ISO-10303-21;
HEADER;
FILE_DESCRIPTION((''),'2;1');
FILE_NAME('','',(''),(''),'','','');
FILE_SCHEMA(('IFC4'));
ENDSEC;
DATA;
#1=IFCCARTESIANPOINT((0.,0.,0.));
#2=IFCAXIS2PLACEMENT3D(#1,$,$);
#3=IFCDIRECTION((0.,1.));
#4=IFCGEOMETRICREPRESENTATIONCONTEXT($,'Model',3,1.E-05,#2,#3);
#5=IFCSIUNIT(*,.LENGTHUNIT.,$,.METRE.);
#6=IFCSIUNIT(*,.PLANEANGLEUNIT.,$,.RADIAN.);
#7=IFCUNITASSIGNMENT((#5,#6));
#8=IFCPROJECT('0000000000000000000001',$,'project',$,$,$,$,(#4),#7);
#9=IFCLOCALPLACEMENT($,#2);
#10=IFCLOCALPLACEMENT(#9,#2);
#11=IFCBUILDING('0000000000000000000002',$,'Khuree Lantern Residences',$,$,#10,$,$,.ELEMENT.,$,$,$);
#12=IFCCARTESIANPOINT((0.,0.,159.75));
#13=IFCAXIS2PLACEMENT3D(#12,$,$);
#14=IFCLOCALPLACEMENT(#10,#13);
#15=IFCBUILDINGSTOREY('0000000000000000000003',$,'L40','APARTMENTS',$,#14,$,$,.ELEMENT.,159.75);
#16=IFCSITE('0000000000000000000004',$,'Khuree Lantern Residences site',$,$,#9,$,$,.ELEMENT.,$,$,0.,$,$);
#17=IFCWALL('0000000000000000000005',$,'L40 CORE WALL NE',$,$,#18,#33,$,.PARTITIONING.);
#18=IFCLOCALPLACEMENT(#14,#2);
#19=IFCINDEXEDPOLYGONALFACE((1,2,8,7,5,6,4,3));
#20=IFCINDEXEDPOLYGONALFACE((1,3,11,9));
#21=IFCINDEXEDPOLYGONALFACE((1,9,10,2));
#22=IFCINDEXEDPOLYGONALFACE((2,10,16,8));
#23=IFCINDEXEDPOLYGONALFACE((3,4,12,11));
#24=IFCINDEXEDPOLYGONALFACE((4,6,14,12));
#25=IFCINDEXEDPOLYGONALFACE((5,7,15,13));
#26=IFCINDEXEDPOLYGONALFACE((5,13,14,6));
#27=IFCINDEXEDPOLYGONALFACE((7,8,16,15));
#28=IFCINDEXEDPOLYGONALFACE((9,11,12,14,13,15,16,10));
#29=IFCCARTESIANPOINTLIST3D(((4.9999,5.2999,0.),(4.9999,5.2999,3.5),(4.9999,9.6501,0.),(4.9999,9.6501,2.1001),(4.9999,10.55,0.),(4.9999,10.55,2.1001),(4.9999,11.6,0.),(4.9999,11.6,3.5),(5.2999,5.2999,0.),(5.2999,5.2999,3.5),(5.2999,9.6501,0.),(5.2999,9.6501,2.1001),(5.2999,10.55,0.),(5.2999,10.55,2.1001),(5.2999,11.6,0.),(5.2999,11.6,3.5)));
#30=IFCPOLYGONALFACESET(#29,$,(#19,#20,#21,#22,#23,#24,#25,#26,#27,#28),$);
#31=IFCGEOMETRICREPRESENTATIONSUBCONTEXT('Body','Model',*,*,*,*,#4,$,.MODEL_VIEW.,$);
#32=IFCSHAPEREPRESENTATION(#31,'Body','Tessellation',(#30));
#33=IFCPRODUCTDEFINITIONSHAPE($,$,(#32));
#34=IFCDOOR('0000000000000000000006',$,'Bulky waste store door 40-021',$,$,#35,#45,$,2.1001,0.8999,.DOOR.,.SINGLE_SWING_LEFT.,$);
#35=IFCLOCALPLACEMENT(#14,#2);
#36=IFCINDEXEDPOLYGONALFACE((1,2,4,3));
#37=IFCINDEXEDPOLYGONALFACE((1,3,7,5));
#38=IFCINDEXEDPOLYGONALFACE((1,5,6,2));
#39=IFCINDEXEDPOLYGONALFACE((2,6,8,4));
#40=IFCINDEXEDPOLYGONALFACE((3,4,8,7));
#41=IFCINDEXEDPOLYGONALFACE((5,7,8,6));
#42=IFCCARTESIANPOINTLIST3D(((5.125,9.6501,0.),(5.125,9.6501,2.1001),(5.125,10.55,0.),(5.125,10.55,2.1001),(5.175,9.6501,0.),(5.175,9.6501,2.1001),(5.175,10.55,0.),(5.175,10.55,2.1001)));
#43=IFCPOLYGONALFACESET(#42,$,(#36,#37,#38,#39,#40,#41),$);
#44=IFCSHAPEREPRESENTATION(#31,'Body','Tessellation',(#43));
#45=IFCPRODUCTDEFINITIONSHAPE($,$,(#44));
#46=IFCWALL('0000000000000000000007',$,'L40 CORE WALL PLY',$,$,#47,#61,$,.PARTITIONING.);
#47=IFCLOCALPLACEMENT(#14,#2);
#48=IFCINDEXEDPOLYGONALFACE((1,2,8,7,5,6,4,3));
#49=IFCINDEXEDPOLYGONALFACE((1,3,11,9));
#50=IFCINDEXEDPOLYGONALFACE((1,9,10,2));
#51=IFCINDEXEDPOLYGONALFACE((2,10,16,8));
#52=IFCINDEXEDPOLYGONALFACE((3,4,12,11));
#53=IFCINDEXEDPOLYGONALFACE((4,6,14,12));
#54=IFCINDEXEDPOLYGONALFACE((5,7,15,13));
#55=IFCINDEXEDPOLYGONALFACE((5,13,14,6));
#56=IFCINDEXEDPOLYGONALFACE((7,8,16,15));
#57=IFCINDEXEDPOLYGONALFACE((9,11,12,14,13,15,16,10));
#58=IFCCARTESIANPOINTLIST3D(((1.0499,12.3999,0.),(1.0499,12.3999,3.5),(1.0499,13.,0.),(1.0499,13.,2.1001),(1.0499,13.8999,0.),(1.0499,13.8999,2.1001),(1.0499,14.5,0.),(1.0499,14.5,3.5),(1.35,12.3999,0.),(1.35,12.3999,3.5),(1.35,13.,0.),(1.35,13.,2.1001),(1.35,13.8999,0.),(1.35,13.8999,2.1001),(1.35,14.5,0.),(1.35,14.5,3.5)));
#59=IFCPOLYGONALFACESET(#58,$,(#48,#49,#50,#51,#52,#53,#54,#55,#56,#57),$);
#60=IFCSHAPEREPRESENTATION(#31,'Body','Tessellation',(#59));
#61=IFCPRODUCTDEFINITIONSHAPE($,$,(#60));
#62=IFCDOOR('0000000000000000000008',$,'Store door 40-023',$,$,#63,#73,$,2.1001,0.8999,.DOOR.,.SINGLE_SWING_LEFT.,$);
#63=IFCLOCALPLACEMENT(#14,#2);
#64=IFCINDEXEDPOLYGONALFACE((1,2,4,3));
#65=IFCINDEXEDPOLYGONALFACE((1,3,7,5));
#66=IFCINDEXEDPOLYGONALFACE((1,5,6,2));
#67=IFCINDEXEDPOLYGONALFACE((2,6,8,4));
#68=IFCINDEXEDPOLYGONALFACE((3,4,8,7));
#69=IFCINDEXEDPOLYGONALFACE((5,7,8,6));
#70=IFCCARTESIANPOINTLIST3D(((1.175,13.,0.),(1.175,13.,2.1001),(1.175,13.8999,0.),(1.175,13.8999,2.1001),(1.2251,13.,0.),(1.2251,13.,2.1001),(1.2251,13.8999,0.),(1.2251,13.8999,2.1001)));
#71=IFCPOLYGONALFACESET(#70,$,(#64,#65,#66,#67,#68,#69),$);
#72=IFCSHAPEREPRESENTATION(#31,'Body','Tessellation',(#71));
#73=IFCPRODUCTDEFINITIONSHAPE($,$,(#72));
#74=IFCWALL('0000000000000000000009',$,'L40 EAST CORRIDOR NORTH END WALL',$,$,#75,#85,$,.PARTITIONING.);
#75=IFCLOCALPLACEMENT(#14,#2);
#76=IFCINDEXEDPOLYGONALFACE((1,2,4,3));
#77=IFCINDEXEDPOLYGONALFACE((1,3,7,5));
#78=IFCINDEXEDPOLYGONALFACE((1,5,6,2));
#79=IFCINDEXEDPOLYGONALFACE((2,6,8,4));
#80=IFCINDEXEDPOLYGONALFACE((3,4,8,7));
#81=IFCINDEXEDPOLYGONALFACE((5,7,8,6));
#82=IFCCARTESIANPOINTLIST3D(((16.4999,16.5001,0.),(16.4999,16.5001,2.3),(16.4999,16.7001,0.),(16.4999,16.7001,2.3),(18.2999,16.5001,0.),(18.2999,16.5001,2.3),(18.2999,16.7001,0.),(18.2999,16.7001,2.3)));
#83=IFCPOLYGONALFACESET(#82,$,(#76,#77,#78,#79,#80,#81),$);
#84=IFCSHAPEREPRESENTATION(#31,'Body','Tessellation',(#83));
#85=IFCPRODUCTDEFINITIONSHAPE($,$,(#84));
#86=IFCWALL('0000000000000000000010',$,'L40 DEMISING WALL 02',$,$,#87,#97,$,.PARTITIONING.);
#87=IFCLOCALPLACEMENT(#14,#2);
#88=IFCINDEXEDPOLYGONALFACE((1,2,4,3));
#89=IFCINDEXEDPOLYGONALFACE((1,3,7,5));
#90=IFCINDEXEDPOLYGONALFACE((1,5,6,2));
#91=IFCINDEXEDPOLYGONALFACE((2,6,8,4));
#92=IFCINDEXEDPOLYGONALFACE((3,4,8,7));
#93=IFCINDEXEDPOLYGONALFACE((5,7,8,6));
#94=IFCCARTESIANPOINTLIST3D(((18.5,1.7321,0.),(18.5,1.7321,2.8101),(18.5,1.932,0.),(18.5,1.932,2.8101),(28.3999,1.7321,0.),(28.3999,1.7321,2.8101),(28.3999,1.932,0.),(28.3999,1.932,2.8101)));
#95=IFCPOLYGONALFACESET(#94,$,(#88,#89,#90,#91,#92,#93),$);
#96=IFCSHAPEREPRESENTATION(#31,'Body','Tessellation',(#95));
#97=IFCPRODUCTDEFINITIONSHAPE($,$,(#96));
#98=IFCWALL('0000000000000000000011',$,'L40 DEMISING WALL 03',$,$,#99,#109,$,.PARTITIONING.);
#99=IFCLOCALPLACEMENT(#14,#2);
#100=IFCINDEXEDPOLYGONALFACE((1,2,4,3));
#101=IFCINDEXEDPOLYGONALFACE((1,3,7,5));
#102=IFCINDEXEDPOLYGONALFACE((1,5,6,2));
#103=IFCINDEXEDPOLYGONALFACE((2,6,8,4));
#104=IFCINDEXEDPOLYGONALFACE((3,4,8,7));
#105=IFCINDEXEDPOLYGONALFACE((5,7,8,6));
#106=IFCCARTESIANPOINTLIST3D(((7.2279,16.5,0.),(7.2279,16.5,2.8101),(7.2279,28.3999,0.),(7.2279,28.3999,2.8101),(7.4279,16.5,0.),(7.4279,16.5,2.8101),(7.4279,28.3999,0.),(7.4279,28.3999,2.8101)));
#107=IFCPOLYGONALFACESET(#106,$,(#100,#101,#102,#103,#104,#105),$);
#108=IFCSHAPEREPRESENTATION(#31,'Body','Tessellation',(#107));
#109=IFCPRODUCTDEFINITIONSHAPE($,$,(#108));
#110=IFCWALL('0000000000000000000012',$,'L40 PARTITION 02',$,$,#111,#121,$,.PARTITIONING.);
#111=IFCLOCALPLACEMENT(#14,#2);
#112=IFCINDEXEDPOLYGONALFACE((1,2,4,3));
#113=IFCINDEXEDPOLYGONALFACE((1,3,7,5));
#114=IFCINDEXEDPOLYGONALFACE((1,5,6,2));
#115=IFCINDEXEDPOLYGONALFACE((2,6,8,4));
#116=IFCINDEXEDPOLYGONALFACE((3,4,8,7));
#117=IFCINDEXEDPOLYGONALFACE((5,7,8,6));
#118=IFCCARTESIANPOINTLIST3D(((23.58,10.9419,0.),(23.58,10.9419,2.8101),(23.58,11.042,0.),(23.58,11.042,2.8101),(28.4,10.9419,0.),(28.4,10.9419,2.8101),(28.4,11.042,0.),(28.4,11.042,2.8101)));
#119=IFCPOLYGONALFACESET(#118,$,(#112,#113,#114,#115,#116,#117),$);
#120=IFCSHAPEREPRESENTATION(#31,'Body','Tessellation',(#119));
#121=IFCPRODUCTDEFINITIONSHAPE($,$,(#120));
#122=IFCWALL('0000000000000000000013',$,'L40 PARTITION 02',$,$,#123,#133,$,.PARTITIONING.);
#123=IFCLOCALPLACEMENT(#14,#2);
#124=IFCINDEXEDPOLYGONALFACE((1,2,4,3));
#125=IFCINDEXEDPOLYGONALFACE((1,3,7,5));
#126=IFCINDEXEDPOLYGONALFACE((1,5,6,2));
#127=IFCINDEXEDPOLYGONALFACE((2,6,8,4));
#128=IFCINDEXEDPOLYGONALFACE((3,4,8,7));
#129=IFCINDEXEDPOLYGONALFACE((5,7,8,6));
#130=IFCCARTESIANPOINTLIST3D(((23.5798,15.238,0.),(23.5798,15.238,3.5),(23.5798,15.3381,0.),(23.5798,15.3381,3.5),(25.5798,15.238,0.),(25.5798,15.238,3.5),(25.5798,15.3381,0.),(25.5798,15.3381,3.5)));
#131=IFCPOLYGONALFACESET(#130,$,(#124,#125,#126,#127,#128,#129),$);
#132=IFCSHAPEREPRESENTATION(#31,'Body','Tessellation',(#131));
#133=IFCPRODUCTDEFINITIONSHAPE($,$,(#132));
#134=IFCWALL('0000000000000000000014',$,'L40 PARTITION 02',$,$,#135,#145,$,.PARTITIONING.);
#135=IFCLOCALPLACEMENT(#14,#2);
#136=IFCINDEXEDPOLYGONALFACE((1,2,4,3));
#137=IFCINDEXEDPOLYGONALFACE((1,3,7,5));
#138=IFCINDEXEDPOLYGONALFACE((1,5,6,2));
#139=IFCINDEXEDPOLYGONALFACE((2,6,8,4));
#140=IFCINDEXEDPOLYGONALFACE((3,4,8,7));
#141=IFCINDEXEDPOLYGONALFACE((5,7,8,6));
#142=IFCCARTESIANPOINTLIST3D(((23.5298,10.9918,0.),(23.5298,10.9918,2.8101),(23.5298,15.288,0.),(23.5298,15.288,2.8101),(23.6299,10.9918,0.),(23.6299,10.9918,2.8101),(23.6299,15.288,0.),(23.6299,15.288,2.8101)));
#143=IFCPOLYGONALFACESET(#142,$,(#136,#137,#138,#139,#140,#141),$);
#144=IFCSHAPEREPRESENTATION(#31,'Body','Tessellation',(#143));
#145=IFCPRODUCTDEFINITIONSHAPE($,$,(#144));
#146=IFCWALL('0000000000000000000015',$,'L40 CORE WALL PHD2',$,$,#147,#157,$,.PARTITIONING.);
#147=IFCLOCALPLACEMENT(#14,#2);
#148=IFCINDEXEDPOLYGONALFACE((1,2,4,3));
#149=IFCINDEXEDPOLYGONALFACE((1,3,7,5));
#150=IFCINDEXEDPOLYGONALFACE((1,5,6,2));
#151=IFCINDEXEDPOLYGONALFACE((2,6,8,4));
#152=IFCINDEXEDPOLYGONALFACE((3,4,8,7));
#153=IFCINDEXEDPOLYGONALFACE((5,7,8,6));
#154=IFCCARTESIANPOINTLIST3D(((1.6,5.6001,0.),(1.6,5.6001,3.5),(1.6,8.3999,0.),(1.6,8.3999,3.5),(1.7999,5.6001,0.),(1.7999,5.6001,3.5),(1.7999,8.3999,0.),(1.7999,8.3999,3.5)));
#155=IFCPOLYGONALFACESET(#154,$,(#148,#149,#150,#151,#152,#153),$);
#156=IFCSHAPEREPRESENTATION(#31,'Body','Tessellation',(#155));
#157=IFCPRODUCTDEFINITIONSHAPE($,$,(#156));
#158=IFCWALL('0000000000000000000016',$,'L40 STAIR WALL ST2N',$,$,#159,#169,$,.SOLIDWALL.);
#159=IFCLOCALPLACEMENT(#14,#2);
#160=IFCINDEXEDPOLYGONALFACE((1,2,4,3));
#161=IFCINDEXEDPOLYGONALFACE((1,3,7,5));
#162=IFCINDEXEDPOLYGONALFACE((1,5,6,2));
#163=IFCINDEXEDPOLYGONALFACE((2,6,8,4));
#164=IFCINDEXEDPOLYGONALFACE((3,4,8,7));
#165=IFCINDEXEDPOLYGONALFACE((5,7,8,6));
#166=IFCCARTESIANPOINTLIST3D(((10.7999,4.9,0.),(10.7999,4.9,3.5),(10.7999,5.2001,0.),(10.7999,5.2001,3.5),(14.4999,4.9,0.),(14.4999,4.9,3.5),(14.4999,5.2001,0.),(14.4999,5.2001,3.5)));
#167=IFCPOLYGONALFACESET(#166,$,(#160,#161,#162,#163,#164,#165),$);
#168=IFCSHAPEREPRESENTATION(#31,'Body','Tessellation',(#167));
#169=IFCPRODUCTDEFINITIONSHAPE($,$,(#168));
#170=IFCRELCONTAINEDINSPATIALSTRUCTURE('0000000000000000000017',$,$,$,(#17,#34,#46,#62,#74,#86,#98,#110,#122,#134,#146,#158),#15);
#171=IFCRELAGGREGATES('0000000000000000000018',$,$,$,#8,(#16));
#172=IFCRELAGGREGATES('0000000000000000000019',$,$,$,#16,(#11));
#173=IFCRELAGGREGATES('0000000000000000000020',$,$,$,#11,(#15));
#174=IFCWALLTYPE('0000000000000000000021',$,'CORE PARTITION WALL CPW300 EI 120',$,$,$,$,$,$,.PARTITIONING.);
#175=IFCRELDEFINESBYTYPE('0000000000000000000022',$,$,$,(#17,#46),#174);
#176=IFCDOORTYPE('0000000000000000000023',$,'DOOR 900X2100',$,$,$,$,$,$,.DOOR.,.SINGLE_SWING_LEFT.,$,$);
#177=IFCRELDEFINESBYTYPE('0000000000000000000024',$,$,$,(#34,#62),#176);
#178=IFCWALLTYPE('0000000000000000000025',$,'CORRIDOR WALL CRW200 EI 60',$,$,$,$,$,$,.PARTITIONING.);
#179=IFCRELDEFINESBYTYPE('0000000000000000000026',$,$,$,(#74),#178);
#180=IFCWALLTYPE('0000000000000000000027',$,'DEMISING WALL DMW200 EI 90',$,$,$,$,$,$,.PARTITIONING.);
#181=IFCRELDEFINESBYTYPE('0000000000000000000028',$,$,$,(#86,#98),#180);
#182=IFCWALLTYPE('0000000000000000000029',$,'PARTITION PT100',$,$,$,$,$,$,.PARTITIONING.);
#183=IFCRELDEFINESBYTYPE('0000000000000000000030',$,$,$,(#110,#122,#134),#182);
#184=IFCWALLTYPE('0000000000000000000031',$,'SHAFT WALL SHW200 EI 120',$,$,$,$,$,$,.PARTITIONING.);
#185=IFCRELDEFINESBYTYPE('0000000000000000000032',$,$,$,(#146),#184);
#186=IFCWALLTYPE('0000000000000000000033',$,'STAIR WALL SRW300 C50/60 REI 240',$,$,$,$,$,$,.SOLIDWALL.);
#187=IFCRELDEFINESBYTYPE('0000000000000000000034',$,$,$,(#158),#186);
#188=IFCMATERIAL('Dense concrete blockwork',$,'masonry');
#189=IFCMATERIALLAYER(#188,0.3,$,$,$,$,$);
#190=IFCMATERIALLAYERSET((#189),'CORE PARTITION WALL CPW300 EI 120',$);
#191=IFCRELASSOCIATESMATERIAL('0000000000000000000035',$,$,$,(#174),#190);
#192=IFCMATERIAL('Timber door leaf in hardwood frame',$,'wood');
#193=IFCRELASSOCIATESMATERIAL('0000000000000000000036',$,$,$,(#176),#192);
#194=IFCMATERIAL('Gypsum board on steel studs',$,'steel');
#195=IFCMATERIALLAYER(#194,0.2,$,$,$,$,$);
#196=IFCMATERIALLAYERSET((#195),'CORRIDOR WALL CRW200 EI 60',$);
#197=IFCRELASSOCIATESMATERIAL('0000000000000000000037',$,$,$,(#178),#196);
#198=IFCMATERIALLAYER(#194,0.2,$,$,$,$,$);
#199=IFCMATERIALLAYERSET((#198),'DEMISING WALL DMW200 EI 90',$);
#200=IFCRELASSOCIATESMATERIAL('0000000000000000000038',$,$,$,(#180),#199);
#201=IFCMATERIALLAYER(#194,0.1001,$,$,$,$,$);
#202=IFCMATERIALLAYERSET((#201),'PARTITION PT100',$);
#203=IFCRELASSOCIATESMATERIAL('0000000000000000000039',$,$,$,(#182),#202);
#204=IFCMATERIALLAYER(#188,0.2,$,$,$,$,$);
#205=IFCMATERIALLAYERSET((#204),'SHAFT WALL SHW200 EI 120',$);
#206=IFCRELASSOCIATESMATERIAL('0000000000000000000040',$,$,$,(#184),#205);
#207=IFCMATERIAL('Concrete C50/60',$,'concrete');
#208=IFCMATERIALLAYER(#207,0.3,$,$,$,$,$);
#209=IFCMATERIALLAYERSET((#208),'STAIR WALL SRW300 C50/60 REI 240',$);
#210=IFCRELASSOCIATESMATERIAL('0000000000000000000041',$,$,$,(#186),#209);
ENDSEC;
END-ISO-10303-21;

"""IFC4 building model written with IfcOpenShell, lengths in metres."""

from ifc_helpers import new_model, si_unit, direction, frame, frame_2d, origin, place, context, subcontext, project, spatial, rectangle, extrude, material, layer, layer_set, type_object, element, fill, save


model = new_model("IFC4")

# Units and contexts
model_context = context("Model", 3, precision=1e-05, world=origin(), true_north=direction((0.0, 1.0)))
body_context = subcontext(model_context, "Body", "Model", "MODEL_VIEW")
ifc_project = project(units=[si_unit("LENGTHUNIT", "METRE"), si_unit("PLANEANGLEUNIT", "RADIAN")], contexts=[model_context])

# Site, building, storey
site_placement = place(None, origin())
site = spatial("IfcSite", under=ifc_project, at=site_placement, Name="Khuree Lantern Residences site", CompositionType="ELEMENT", RefElevation=0.0)
building_placement = place(site_placement, origin())
building = spatial("IfcBuilding", under=site, at=building_placement, Name="Khuree Lantern Residences", CompositionType="ELEMENT")
storey_placement = place(building_placement, frame((0.0, 0.0, 159.75)))
storey = spatial("IfcBuildingStorey", under=building, at=storey_placement, Name="L40", Description="APARTMENTS", CompositionType="ELEMENT", Elevation=159.75)

# Shared definitions
ifc_material_1 = material(Name="Timber door leaf in hardwood frame", Category="wood")

# Shared definitions
ifc_material_2 = material(Name="Dense concrete blockwork", Category="masonry")
ifc_layer_1 = layer(ifc_material_2, 0.3)
ifc_layer_set_1 = layer_set([ifc_layer_1], Name="CORE PARTITION WALL CPW300 EI 120")
wall_type_1 = type_object("IfcWallType", Name="CORE PARTITION WALL CPW300 EI 120", PredefinedType="PARTITIONING", material=ifc_layer_set_1)

# Walls, openings, doors
wall_1_placement = place(storey_placement, frame((5.1499, 5.3, 0.0), z_axis=(0.0, 0.0, 1.0), x_axis=(0.0, 1.0, 0.0)))
wall_1 = element("IfcWall", 1, at=wall_1_placement, inside=storey, type_object=wall_type_1, Name="L40 CORE WALL NE", PredefinedType="PARTITIONING", context=body_context, shape_type="SweptSolid", body=[
    extrude(rectangle(XDim=6.3, YDim=0.3, at=frame_2d((3.1499, 0.0))), origin(), (0.0, 0.0, 1.0), 3.5),
])
opening_1_placement = place(wall_1_placement, frame((4.3501, 0.0, 0.0)))
opening_1 = element("IfcOpeningElement", 2, at=opening_1_placement, cuts=wall_1, PredefinedType="OPENING", context=body_context, shape_type="SweptSolid", body=[
    extrude(rectangle(XDim=0.8999, YDim=2.1001, at=frame_2d((0.45, 1.05))), frame((0.0, 0.1602, 0.0), z_axis=(0.0, -1.0, 0.0), x_axis=(1.0, 0.0, 0.0)), (0.0, 0.0, 1.0), 0.3201),
])
door_type_1 = type_object("IfcDoorType", Name="DOOR 900X2100", OperationType="SINGLE_SWING_LEFT", PredefinedType="DOOR", material=ifc_material_1)
door_1_placement = place(opening_1_placement, origin())
door_1 = element("IfcDoor", 3, at=door_1_placement, inside=storey, type_object=door_type_1, Name="Bulky waste store door 40-021", OperationType="SINGLE_SWING_LEFT", OverallHeight=2.1001, OverallWidth=0.8999, PredefinedType="DOOR", context=body_context, shape_type="SweptSolid", body=[
    extrude(rectangle(XDim=0.8999, YDim=2.1001, at=frame_2d((0.45, 1.05))), frame((0.0, 0.0249, 0.0), z_axis=(0.0, -1.0, 0.0), x_axis=(1.0, 0.0, 0.0)), (0.0, 0.0, 1.0), 0.05),
])
fill(opening_1, door_1)
wall_2_placement = place(storey_placement, frame((1.2, 12.3999, 0.0), z_axis=(0.0, 0.0, 1.0), x_axis=(0.0, 1.0, 0.0)))
wall_2 = element("IfcWall", 4, at=wall_2_placement, inside=storey, type_object=wall_type_1, Name="L40 CORE WALL PLY", PredefinedType="PARTITIONING", context=body_context, shape_type="SweptSolid", body=[
    extrude(rectangle(XDim=2.1001, YDim=0.3, at=frame_2d((1.05, 0.0))), origin(), (0.0, 0.0, 1.0), 3.5),
])
opening_2_placement = place(wall_2_placement, frame((0.6001, 0.0, 0.0)))
opening_2 = element("IfcOpeningElement", 5, at=opening_2_placement, cuts=wall_2, PredefinedType="OPENING", context=body_context, shape_type="SweptSolid", body=[
    extrude(rectangle(XDim=0.8999, YDim=2.1001, at=frame_2d((0.45, 1.05))), frame((0.0, 0.1602, 0.0), z_axis=(0.0, -1.0, 0.0), x_axis=(1.0, 0.0, 0.0)), (0.0, 0.0, 1.0), 0.3201),
])
door_2_placement = place(opening_2_placement, origin())
door_2 = element("IfcDoor", 6, at=door_2_placement, inside=storey, type_object=door_type_1, Name="Store door 40-023", OperationType="SINGLE_SWING_LEFT", OverallHeight=2.1001, OverallWidth=0.8999, PredefinedType="DOOR", context=body_context, shape_type="SweptSolid", body=[
    extrude(rectangle(XDim=0.8999, YDim=2.1001, at=frame_2d((0.45, 1.05))), frame((0.0, 0.0249, 0.0), z_axis=(0.0, -1.0, 0.0), x_axis=(1.0, 0.0, 0.0)), (0.0, 0.0, 1.0), 0.05),
])
fill(opening_2, door_2)

# Walls
ifc_material_3 = material(Name="Gypsum board on steel studs", Category="steel")
ifc_layer_2 = layer(ifc_material_3, 0.2)
ifc_layer_set_2 = layer_set([ifc_layer_2], Name="CORRIDOR WALL CRW200 EI 60")
wall_type_2 = type_object("IfcWallType", Name="CORRIDOR WALL CRW200 EI 60", PredefinedType="PARTITIONING", material=ifc_layer_set_2)
wall_3_placement = place(storey_placement, frame((16.5, 16.6001, 0.0), z_axis=(0.0, 0.0, 1.0), x_axis=(1.0, 0.0, 0.0)))
element("IfcWall", 7, at=wall_3_placement, inside=storey, type_object=wall_type_2, Name="L40 EAST CORRIDOR NORTH END WALL", PredefinedType="PARTITIONING", context=body_context, shape_type="SweptSolid", body=[
    extrude(rectangle(XDim=1.8, YDim=0.2, at=frame_2d((0.8999, 0.0))), origin(), (0.0, 0.0, 1.0), 2.3),
])
ifc_layer_3 = layer(ifc_material_3, 0.2)
ifc_layer_set_3 = layer_set([ifc_layer_3], Name="DEMISING WALL DMW200 EI 90")
wall_type_3 = type_object("IfcWallType", Name="DEMISING WALL DMW200 EI 90", PredefinedType="PARTITIONING", material=ifc_layer_set_3)
wall_4_placement = place(storey_placement, frame((18.5, 1.832, 0.0), z_axis=(0.0, 0.0, 1.0), x_axis=(1.0, 0.0, 0.0)))
element("IfcWall", 8, at=wall_4_placement, inside=storey, type_object=wall_type_3, Name="L40 DEMISING WALL 02", PredefinedType="PARTITIONING", context=body_context, shape_type="SweptSolid", body=[
    extrude(rectangle(XDim=9.8999, YDim=0.2, at=frame_2d((4.95, 0.0))), origin(), (0.0, 0.0, 1.0), 2.8101),
])
wall_5_placement = place(storey_placement, frame((7.3279, 16.5, 0.0), z_axis=(0.0, 0.0, 1.0), x_axis=(0.0, 1.0, 0.0)))
element("IfcWall", 9, at=wall_5_placement, inside=storey, type_object=wall_type_3, Name="L40 DEMISING WALL 03", PredefinedType="PARTITIONING", context=body_context, shape_type="SweptSolid", body=[
    extrude(rectangle(XDim=11.8999, YDim=0.2, at=frame_2d((5.95, 0.0))), origin(), (0.0, 0.0, 1.0), 2.8101),
])
ifc_layer_4 = layer(ifc_material_3, 0.1001)
ifc_layer_set_4 = layer_set([ifc_layer_4], Name="PARTITION PT100")
wall_type_4 = type_object("IfcWallType", Name="PARTITION PT100", PredefinedType="PARTITIONING", material=ifc_layer_set_4)
wall_6_placement = place(storey_placement, frame((23.5798, 10.9919, 0.0), z_axis=(0.0, 0.0, 1.0), x_axis=(1.0, 0.0, 0.0)))
element("IfcWall", 10, at=wall_6_placement, inside=storey, type_object=wall_type_4, Name="L40 PARTITION 02", PredefinedType="PARTITIONING", context=body_context, shape_type="SweptSolid", body=[
    extrude(rectangle(XDim=4.8201, YDim=0.1001, at=frame_2d((2.4102, 0.0))), origin(), (0.0, 0.0, 1.0), 2.8101),
])
wall_7_placement = place(storey_placement, frame((23.5798, 15.2881, 0.0), z_axis=(0.0, 0.0, 1.0), x_axis=(1.0, 0.0, 0.0)))
element("IfcWall", 11, at=wall_7_placement, inside=storey, type_object=wall_type_4, Name="L40 PARTITION 02", PredefinedType="PARTITIONING", context=body_context, shape_type="SweptSolid", body=[
    extrude(rectangle(XDim=2.0, YDim=0.1001, at=frame_2d((1.0, 0.0))), origin(), (0.0, 0.0, 1.0), 3.5),
])
wall_8_placement = place(storey_placement, frame((23.5798, 10.9919, 0.0), z_axis=(0.0, 0.0, 1.0), x_axis=(0.0, 1.0, 0.0)))
element("IfcWall", 12, at=wall_8_placement, inside=storey, type_object=wall_type_4, Name="L40 PARTITION 02", PredefinedType="PARTITIONING", context=body_context, shape_type="SweptSolid", body=[
    extrude(rectangle(XDim=4.2961, YDim=0.1001, at=frame_2d((2.1479, 0.0))), origin(), (0.0, 0.0, 1.0), 2.8101),
])
ifc_layer_5 = layer(ifc_material_2, 0.2)
ifc_layer_set_5 = layer_set([ifc_layer_5], Name="SHAFT WALL SHW200 EI 120")
wall_type_5 = type_object("IfcWallType", Name="SHAFT WALL SHW200 EI 120", PredefinedType="PARTITIONING", material=ifc_layer_set_5)
wall_9_placement = place(storey_placement, frame((1.7, 5.6001, 0.0), z_axis=(0.0, 0.0, 1.0), x_axis=(0.0, 1.0, 0.0)))
element("IfcWall", 13, at=wall_9_placement, inside=storey, type_object=wall_type_5, Name="L40 CORE WALL PHD2", PredefinedType="PARTITIONING", context=body_context, shape_type="SweptSolid", body=[
    extrude(rectangle(XDim=2.7998, YDim=0.2, at=frame_2d((1.3999, 0.0))), origin(), (0.0, 0.0, 1.0), 3.5),
])
ifc_material_4 = material(Name="Concrete C50/60", Category="concrete")
ifc_layer_6 = layer(ifc_material_4, 0.3)
ifc_layer_set_6 = layer_set([ifc_layer_6], Name="STAIR WALL SRW300 C50/60 REI 240")
wall_type_6 = type_object("IfcWallType", Name="STAIR WALL SRW300 C50/60 REI 240", PredefinedType="SOLIDWALL", material=ifc_layer_set_6)
wall_10_placement = place(storey_placement, frame((14.5, 5.05, 0.0), z_axis=(0.0, 0.0, 1.0), x_axis=(-1.0, 0.0, 0.0)))
element("IfcWall", 14, at=wall_10_placement, inside=storey, type_object=wall_type_6, Name="L40 STAIR WALL ST2N", PredefinedType="SOLIDWALL", context=body_context, shape_type="SweptSolid", body=[
    extrude(rectangle(XDim=3.7, YDim=0.3, at=frame_2d((1.8501, 0.0))), origin(), (0.0, 0.0, 1.0), 3.5),
])

save(model, "model.ifc")
